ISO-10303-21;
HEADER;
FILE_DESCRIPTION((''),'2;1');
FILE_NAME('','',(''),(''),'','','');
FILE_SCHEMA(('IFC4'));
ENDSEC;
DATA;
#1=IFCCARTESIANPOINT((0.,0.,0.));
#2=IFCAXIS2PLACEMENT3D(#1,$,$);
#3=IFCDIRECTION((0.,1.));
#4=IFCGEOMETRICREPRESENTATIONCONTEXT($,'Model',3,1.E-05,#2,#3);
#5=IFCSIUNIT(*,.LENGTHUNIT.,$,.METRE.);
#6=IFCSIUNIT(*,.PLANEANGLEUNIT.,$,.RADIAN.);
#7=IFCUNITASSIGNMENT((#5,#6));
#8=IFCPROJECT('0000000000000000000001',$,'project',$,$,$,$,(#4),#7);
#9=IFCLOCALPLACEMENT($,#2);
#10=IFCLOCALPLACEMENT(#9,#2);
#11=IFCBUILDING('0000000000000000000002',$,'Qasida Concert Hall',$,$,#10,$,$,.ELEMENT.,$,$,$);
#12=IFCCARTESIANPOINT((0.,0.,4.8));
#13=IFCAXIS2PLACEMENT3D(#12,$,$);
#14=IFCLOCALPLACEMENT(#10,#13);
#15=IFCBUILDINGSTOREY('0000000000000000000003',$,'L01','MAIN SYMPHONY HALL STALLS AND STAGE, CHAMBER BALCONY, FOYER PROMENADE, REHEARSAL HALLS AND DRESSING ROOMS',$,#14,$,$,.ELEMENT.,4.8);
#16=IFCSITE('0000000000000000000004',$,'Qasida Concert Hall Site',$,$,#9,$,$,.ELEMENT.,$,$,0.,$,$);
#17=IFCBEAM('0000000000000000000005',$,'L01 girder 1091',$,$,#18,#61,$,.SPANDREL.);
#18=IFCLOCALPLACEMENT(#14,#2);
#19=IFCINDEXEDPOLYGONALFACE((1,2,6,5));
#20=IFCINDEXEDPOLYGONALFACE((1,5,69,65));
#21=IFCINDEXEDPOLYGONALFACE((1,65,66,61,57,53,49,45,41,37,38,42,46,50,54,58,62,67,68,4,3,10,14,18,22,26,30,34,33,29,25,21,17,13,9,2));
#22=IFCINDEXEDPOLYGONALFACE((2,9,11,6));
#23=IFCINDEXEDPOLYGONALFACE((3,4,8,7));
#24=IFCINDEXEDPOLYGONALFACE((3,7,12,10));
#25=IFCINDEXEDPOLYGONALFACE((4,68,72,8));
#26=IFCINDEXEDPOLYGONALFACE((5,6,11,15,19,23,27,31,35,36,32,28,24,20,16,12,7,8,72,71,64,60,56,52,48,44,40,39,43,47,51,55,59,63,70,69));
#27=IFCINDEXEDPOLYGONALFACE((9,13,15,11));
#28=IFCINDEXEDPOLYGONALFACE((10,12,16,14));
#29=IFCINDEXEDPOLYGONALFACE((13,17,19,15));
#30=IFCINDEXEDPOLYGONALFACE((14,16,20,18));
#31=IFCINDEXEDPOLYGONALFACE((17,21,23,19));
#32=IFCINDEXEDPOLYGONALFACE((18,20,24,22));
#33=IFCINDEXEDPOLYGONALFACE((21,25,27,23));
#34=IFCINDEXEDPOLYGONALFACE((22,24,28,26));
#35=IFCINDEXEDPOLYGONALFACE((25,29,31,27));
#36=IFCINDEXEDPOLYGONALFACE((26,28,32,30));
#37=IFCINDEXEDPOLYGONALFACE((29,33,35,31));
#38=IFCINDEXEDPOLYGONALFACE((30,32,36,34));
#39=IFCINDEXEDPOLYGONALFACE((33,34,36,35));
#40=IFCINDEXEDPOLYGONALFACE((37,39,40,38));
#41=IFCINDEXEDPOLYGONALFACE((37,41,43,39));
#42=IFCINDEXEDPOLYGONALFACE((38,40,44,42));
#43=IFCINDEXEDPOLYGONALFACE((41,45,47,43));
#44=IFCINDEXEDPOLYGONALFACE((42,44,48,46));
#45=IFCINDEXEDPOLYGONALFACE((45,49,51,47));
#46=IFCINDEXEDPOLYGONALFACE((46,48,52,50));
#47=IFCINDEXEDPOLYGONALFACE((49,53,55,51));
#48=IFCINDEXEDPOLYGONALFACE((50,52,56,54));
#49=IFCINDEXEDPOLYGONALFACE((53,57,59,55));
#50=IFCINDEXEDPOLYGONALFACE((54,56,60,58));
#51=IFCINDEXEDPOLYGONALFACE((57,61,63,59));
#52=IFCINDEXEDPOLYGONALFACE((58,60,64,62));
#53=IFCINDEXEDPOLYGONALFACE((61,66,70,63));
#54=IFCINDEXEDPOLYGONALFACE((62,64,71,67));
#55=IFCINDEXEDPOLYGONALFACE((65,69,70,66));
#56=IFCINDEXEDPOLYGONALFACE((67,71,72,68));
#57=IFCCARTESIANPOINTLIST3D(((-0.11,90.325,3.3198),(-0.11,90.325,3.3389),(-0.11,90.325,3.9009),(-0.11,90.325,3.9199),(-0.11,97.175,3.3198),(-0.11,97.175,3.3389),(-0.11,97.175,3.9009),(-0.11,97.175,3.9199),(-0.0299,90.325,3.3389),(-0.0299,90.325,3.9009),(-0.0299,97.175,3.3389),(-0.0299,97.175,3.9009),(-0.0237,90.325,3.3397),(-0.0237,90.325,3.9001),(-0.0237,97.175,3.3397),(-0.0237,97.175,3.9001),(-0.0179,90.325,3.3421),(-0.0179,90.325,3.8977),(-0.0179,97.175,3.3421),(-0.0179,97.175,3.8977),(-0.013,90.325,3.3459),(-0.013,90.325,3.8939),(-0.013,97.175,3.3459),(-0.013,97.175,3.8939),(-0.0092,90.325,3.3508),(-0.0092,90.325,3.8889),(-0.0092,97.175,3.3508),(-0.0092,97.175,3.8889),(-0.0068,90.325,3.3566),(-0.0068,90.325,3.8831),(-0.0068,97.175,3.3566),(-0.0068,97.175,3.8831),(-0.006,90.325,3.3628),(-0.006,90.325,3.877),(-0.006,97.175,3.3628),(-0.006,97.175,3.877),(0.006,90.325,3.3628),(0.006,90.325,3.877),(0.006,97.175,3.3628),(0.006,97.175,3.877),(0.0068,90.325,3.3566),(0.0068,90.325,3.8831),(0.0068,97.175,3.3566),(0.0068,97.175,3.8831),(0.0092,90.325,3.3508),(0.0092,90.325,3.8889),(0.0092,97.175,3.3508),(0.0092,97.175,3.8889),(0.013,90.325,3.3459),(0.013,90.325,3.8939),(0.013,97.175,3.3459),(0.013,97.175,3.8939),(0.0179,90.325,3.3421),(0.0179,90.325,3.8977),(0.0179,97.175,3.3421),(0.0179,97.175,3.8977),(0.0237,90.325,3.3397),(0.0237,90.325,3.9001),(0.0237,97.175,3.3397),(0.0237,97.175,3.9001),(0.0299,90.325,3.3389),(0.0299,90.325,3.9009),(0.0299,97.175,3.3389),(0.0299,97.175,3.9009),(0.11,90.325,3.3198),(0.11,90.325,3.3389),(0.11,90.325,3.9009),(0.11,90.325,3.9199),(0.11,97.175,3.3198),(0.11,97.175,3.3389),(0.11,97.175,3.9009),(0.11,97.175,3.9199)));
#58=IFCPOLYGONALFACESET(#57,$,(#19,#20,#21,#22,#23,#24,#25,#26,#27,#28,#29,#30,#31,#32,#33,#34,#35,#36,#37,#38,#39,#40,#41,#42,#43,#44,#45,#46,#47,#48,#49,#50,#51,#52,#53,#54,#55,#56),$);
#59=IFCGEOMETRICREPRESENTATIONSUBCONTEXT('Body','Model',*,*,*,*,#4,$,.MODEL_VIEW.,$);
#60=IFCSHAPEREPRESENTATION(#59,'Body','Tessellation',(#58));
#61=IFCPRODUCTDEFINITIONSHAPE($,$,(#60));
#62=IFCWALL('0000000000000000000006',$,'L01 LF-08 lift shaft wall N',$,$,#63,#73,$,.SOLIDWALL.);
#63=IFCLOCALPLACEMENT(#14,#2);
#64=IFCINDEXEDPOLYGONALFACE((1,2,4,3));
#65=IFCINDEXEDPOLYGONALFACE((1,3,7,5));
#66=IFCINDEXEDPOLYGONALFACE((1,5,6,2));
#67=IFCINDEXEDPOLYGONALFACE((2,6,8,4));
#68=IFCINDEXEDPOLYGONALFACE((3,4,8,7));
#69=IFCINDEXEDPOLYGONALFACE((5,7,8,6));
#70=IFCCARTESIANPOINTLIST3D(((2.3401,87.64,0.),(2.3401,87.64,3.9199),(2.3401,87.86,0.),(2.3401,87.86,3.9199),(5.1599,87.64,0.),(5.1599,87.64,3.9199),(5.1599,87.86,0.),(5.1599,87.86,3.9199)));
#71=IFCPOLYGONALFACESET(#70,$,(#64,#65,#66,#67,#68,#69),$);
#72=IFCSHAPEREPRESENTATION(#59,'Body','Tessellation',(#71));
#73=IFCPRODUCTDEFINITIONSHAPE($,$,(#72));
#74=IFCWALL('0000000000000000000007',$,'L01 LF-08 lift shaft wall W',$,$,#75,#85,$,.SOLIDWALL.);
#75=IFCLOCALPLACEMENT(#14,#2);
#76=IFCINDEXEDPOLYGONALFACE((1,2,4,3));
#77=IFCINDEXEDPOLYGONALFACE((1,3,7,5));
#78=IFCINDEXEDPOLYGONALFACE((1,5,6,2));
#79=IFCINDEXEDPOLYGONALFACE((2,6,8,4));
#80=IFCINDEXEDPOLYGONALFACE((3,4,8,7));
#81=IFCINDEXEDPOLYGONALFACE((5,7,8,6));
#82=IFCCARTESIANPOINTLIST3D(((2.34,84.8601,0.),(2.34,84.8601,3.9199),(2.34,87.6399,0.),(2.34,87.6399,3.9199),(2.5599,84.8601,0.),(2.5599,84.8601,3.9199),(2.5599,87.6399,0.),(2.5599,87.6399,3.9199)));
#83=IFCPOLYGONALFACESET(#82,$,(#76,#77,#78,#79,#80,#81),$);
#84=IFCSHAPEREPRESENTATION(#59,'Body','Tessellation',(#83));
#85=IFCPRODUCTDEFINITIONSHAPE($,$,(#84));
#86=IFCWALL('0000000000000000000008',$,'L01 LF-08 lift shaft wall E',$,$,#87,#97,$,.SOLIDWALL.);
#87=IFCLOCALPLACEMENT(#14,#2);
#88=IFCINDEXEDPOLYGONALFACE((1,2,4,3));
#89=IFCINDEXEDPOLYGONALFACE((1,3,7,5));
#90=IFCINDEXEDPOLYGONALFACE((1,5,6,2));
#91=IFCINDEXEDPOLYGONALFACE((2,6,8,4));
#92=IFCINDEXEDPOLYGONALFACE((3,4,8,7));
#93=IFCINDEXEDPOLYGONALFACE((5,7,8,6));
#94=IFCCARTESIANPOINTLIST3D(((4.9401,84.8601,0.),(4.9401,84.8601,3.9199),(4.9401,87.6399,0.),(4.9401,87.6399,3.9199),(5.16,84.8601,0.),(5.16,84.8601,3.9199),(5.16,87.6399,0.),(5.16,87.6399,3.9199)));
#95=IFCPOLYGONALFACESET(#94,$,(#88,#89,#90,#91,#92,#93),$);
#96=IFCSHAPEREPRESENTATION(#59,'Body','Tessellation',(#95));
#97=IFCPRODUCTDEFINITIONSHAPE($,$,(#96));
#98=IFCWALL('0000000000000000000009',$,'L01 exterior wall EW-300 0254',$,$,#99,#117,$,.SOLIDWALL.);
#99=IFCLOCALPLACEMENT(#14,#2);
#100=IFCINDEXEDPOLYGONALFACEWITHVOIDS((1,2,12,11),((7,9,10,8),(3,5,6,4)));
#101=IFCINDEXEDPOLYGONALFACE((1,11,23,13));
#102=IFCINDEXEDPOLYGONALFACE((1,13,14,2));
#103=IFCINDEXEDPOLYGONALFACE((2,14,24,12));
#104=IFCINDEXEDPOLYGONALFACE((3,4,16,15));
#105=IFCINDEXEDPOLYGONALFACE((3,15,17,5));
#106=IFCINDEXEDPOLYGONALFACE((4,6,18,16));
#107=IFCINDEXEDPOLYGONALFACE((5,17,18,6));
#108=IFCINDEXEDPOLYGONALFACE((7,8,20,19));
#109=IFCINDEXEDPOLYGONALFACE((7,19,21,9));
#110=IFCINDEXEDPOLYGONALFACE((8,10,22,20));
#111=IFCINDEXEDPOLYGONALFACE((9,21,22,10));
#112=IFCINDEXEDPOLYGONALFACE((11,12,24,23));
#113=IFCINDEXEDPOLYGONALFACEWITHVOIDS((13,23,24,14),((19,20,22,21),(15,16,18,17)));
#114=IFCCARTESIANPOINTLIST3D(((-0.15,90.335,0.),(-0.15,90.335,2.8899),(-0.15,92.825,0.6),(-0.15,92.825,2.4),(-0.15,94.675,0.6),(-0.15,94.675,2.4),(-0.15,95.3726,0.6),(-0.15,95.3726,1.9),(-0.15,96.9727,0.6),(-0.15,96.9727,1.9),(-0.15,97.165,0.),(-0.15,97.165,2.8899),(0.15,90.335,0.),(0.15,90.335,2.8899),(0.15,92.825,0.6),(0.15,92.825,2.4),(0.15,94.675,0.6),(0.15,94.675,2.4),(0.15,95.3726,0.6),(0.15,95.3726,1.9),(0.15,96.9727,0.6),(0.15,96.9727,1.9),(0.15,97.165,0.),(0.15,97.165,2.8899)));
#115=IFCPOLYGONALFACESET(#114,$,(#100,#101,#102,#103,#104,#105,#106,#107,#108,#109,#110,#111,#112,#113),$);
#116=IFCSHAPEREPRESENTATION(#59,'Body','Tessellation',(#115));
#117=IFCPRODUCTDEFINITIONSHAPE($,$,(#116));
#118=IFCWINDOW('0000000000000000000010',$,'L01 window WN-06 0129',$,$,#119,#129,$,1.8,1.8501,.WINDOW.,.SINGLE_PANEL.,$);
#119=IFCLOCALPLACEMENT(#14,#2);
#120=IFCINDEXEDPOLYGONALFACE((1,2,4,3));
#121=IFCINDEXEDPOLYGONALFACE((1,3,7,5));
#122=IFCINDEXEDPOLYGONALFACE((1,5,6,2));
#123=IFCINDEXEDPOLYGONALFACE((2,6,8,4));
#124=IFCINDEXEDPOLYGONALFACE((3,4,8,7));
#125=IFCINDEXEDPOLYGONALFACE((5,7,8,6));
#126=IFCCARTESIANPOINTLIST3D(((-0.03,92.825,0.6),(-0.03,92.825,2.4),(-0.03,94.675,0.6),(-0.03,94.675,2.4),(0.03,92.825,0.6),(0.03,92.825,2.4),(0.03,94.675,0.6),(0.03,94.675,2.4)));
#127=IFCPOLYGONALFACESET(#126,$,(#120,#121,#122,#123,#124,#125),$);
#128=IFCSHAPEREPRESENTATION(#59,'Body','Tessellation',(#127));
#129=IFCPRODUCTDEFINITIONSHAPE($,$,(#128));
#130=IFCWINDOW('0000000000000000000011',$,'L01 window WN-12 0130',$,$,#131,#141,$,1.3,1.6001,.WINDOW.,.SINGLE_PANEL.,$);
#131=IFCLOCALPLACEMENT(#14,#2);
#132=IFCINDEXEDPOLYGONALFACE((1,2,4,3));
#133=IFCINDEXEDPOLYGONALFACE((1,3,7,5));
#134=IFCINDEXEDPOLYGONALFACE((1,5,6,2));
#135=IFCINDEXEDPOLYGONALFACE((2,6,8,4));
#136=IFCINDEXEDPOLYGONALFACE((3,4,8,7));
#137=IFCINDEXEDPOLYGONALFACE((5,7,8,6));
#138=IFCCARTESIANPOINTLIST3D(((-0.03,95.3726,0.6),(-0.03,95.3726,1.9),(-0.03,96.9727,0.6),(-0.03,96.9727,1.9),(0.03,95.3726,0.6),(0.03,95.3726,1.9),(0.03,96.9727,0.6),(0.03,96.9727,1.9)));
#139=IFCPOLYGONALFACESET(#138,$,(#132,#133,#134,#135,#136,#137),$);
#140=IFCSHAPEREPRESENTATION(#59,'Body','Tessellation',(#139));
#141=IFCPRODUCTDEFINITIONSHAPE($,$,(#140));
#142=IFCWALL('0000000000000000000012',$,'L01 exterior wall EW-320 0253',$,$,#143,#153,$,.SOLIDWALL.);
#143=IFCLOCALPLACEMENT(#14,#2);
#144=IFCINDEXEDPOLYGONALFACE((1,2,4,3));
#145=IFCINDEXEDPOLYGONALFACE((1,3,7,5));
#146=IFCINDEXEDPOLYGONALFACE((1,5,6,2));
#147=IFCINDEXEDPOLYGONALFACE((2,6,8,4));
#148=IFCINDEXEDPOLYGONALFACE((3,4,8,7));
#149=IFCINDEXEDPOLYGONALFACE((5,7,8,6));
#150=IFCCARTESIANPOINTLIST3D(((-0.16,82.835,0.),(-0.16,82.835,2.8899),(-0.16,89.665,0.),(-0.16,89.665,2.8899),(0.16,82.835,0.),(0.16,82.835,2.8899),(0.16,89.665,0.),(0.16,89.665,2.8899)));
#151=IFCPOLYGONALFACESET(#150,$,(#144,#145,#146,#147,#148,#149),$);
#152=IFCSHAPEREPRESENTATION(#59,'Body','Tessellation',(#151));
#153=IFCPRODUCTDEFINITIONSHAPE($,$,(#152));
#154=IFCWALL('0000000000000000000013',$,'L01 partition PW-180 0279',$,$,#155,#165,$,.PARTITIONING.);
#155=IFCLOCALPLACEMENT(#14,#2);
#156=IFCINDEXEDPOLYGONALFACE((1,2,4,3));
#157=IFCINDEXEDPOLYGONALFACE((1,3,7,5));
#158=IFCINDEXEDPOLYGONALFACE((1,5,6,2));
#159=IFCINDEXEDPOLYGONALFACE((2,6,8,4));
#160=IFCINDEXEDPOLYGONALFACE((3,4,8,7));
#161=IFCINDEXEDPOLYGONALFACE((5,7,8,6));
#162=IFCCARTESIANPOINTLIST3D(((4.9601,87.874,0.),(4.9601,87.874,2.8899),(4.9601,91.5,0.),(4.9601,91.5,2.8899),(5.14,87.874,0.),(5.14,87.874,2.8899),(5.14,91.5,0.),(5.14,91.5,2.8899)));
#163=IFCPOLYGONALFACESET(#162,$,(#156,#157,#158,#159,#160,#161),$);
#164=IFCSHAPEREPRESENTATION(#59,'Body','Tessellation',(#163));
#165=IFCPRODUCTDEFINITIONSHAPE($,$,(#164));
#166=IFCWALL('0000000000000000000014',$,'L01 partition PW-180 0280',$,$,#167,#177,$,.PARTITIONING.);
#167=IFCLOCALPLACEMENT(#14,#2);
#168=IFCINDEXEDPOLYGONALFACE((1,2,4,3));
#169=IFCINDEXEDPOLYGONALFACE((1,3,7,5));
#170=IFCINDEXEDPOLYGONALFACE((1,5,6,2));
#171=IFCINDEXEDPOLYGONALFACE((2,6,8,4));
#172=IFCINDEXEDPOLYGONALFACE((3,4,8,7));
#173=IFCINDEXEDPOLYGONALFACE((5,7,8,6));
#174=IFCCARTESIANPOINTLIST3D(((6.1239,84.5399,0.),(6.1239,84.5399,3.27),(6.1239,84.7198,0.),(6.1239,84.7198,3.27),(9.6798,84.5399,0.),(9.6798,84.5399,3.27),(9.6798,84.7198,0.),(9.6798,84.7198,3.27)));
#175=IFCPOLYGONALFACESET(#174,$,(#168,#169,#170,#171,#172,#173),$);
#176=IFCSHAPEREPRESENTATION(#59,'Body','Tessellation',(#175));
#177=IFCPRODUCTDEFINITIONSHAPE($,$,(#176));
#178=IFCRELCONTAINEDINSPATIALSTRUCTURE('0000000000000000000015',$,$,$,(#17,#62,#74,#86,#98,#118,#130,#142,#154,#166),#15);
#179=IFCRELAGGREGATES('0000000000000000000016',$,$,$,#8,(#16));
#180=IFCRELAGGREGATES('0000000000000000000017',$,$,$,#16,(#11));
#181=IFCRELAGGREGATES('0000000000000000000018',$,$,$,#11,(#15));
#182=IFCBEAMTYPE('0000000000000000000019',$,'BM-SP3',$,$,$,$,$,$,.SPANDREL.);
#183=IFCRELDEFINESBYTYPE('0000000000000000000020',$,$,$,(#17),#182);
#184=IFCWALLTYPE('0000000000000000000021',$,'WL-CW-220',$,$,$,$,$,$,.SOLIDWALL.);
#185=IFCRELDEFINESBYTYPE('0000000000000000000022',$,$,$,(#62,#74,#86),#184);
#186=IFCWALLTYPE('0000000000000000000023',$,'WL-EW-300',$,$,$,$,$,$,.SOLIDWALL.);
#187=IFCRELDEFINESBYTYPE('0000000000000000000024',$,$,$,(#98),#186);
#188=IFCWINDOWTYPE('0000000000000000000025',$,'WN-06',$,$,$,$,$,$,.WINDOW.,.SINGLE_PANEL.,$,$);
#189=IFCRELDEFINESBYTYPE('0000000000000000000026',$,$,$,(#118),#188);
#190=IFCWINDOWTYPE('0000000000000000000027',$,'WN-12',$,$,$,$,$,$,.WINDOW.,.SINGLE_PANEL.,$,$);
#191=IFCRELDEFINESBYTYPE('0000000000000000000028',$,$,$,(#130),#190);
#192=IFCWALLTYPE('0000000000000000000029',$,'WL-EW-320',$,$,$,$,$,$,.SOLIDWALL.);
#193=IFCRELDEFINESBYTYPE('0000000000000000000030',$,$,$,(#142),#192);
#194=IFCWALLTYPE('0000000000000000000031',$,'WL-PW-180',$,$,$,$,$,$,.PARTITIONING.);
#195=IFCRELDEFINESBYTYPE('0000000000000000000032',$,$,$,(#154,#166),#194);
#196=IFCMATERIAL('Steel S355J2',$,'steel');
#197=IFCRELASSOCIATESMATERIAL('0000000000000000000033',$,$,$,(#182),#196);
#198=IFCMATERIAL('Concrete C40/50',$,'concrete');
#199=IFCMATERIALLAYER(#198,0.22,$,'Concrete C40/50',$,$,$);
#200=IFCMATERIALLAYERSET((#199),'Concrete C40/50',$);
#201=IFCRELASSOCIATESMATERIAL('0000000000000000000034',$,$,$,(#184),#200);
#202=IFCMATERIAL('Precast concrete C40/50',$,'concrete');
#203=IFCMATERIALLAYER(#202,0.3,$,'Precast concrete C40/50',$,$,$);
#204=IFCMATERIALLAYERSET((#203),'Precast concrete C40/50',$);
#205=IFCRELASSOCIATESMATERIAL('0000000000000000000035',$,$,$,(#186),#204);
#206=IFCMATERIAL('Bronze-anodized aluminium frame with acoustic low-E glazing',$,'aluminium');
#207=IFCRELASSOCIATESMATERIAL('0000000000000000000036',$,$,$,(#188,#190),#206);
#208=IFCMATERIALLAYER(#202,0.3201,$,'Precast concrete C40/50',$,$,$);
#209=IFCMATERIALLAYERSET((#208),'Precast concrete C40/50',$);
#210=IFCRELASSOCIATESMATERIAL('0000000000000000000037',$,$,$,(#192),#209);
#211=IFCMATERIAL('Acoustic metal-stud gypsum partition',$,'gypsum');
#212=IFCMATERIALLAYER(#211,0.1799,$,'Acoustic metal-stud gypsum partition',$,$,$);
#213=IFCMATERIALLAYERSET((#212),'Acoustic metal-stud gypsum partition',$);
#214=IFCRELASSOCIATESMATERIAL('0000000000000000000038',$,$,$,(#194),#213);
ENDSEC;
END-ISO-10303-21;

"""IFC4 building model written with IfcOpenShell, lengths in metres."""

from ifc_helpers import new_model, si_unit, direction, frame, frame_2d, origin, origin_2d, place, context, subcontext, project, spatial, rectangle, i_section, extrude, material, layer, layer_set, material_profile, profile_set, type_object, element, fill, save


model = new_model("IFC4")

# Units and contexts
model_context = context("Model", 3, precision=1e-05, world=origin(), true_north=direction((0.0, 1.0)))
body_context = subcontext(model_context, "Body", "Model", "MODEL_VIEW")
ifc_project = project(units=[si_unit("LENGTHUNIT", "METRE"), si_unit("PLANEANGLEUNIT", "RADIAN")], contexts=[model_context])

# Site, building, storey
site_placement = place(None, origin())
site = spatial("IfcSite", under=ifc_project, at=site_placement, Name="Qasida Concert Hall Site", CompositionType="ELEMENT", RefElevation=0.0)
building_placement = place(site_placement, origin())
building = spatial("IfcBuilding", under=site, at=building_placement, Name="Qasida Concert Hall", CompositionType="ELEMENT")
storey_placement = place(building_placement, frame((0.0, 0.0, 4.8)))
storey = spatial("IfcBuildingStorey", under=building, at=storey_placement, Name="L01", Description="MAIN SYMPHONY HALL STALLS AND STAGE, CHAMBER BALCONY, FOYER PROMENADE, REHEARSAL HALLS AND DRESSING ROOMS", CompositionType="ELEMENT", Elevation=4.8)

# Beam
ifc_material_1 = material(Name="Concrete C40/50", Category="concrete")
ifc_material_2 = material(Name="Steel S355J2", Category="steel")
ifc_material_profile_1 = material_profile(ifc_material_2, i_section(OverallWidth=0.22, OverallDepth=0.6001, WebThickness=0.012, FlangeThickness=0.019, FilletRadius=0.0239, at=origin_2d()), Name="IPE 600")
ifc_profile_set_1 = profile_set([ifc_material_profile_1], Name="Steel S355J2")
beam_type_1 = type_object("IfcBeamType", Name="BM-SP3", PredefinedType="SPANDREL", material=ifc_profile_set_1)
beam_1_placement = place(storey_placement, frame((0.0, 90.325, 3.6199), z_axis=(0.0, 1.0, 0.0), x_axis=(-1.0, 0.0, 0.0)))
element("IfcBeam", 1, at=beam_1_placement, inside=storey, type_object=beam_type_1, Name="L01 girder 1091", PredefinedType="SPANDREL", context=body_context, shape_type="SweptSolid", body=[
    extrude(i_section(OverallWidth=0.22, OverallDepth=0.6001, WebThickness=0.012, FlangeThickness=0.019, FilletRadius=0.0239, at=origin_2d()), origin(), (0.0, 0.0, 1.0), 6.8501),
])

# Shared definitions
ifc_layer_1 = layer(ifc_material_1, 0.22, Name="Concrete C40/50")
ifc_layer_set_1 = layer_set([ifc_layer_1], Name="Concrete C40/50")
wall_type_1 = type_object("IfcWallType", Name="WL-CW-220", PredefinedType="SOLIDWALL", material=ifc_layer_set_1)

# Walls
wall_1_placement = place(storey_placement, frame((2.3401, 87.75, 0.0), z_axis=(0.0, 0.0, 1.0), x_axis=(1.0, 0.0, 0.0)))
element("IfcWall", 2, at=wall_1_placement, inside=storey, type_object=wall_type_1, Name="L01 LF-08 lift shaft wall N", PredefinedType="SOLIDWALL", context=body_context, shape_type="SweptSolid", body=[
    extrude(rectangle(XDim=2.8198, YDim=0.22, at=frame_2d((1.4099, 0.0))), origin(), (0.0, 0.0, 1.0), 3.9199),
])
for number, where, z_axis, x_axis, name in (
    (3, (2.45, 84.8601, 0.0), (0.0, 0.0, 1.0), (0.0, 1.0, 0.0), "L01 LF-08 lift shaft wall W"),
    (4, (5.05, 84.8601, 0.0), (0.0, 0.0, 1.0), (0.0, 1.0, 0.0), "L01 LF-08 lift shaft wall E"),
):
    element("IfcWall", number, at=place(storey_placement, frame(where, z_axis=z_axis, x_axis=x_axis)), inside=storey, type_object=wall_type_1, Name=name, PredefinedType="SOLIDWALL", context=body_context, shape_type="SweptSolid", body=[
        extrude(rectangle(XDim=2.7798, YDim=0.22, at=frame_2d((1.3899, 0.0))), origin(), (0.0, 0.0, 1.0), 3.9199),
    ])

# Wall, openings, windows
ifc_material_3 = material(Name="Precast concrete C40/50", Category="concrete")
ifc_layer_2 = layer(ifc_material_3, 0.3, Name="Precast concrete C40/50")
ifc_layer_set_2 = layer_set([ifc_layer_2], Name="Precast concrete C40/50")
wall_type_2 = type_object("IfcWallType", Name="WL-EW-300", PredefinedType="SOLIDWALL", material=ifc_layer_set_2)
wall_2_placement = place(storey_placement, frame((0.0, 90.335, 0.0), z_axis=(0.0, 0.0, 1.0), x_axis=(0.0, 1.0, 0.0)))
wall_2 = element("IfcWall", 5, at=wall_2_placement, inside=storey, type_object=wall_type_2, Name="L01 exterior wall EW-300 0254", PredefinedType="SOLIDWALL", context=body_context, shape_type="SweptSolid", body=[
    extrude(rectangle(XDim=6.8301, YDim=0.3, at=frame_2d((3.415, 0.0))), origin(), (0.0, 0.0, 1.0), 2.8899),
])
opening_1_placement = place(wall_2_placement, frame((2.49, 0.0, 0.6001)))
opening_1 = element("IfcOpeningElement", 6, at=opening_1_placement, cuts=wall_2, PredefinedType="OPENING", context=body_context, shape_type="SweptSolid", body=[
    extrude(rectangle(XDim=1.8501, YDim=1.8, at=frame_2d((0.925, 0.8999))), frame((0.0, 0.1599, 0.0), z_axis=(0.0, -1.0, 0.0), x_axis=(1.0, 0.0, 0.0)), (0.0, 0.0, 1.0), 0.3201),
])
opening_2_placement = place(wall_2_placement, frame((5.0376, 0.0, 0.6001)))
opening_2 = element("IfcOpeningElement", 7, at=opening_2_placement, cuts=wall_2, PredefinedType="OPENING", context=body_context, shape_type="SweptSolid", body=[
    extrude(rectangle(XDim=1.6001, YDim=1.3, at=frame_2d((0.8, 0.6499))), frame((0.0, 0.1599, 0.0), z_axis=(0.0, -1.0, 0.0), x_axis=(1.0, 0.0, 0.0)), (0.0, 0.0, 1.0), 0.3201),
])
ifc_material_4 = material(Name="Bronze-anodized aluminium frame with acoustic low-E glazing", Category="aluminium")
window_type_1 = type_object("IfcWindowType", Name="WN-06", PartitioningType="SINGLE_PANEL", PredefinedType="WINDOW", material=ifc_material_4)
window_1_placement = place(opening_1_placement, origin())
window_1 = element("IfcWindow", 8, at=window_1_placement, inside=storey, type_object=window_type_1, Name="L01 window WN-06 0129", OverallHeight=1.8, OverallWidth=1.8501, PartitioningType="SINGLE_PANEL", PredefinedType="WINDOW", context=body_context, shape_type="SweptSolid", body=[
    extrude(rectangle(XDim=1.8501, YDim=1.8, at=frame_2d((0.925, 0.8999))), frame((0.0, 0.03, 0.0), z_axis=(0.0, -1.0, 0.0), x_axis=(1.0, 0.0, 0.0)), (0.0, 0.0, 1.0), 0.0601),
])
fill(opening_1, window_1)
window_type_2 = type_object("IfcWindowType", Name="WN-12", PartitioningType="SINGLE_PANEL", PredefinedType="WINDOW", material=ifc_material_4)
window_2_placement = place(opening_2_placement, origin())
window_2 = element("IfcWindow", 9, at=window_2_placement, inside=storey, type_object=window_type_2, Name="L01 window WN-12 0130", OverallHeight=1.3, OverallWidth=1.6001, PartitioningType="SINGLE_PANEL", PredefinedType="WINDOW", context=body_context, shape_type="SweptSolid", body=[
    extrude(rectangle(XDim=1.6001, YDim=1.3, at=frame_2d((0.8, 0.6499))), frame((0.0, 0.03, 0.0), z_axis=(0.0, -1.0, 0.0), x_axis=(1.0, 0.0, 0.0)), (0.0, 0.0, 1.0), 0.0601),
])
fill(opening_2, window_2)

# Walls
ifc_layer_3 = layer(ifc_material_3, 0.3201, Name="Precast concrete C40/50")
ifc_layer_set_3 = layer_set([ifc_layer_3], Name="Precast concrete C40/50")
wall_type_3 = type_object("IfcWallType", Name="WL-EW-320", PredefinedType="SOLIDWALL", material=ifc_layer_set_3)
wall_3_placement = place(storey_placement, frame((0.0, 82.835, 0.0), z_axis=(0.0, 0.0, 1.0), x_axis=(0.0, 1.0, 0.0)))
element("IfcWall", 10, at=wall_3_placement, inside=storey, type_object=wall_type_3, Name="L01 exterior wall EW-320 0253", PredefinedType="SOLIDWALL", context=body_context, shape_type="SweptSolid", body=[
    extrude(rectangle(XDim=6.8301, YDim=0.3201, at=frame_2d((3.415, 0.0))), origin(), (0.0, 0.0, 1.0), 2.8899),
])
ifc_material_5 = material(Name="Acoustic metal-stud gypsum partition", Category="gypsum")
ifc_layer_4 = layer(ifc_material_5, 0.1799, Name="Acoustic metal-stud gypsum partition")
ifc_layer_set_4 = layer_set([ifc_layer_4], Name="Acoustic metal-stud gypsum partition")
wall_type_4 = type_object("IfcWallType", Name="WL-PW-180", PredefinedType="PARTITIONING", material=ifc_layer_set_4)
wall_4_placement = place(storey_placement, frame((5.05, 87.874, 0.0), z_axis=(0.0, 0.0, 1.0), x_axis=(0.0, 1.0, 0.0)))
element("IfcWall", 11, at=wall_4_placement, inside=storey, type_object=wall_type_4, Name="L01 partition PW-180 0279", PredefinedType="PARTITIONING", context=body_context, shape_type="SweptSolid", body=[
    extrude(rectangle(XDim=3.626, YDim=0.1799, at=frame_2d((1.813, 0.0))), origin(), (0.0, 0.0, 1.0), 2.8899),
])
wall_5_placement = place(storey_placement, frame((6.124, 84.6299, 0.0), z_axis=(0.0, 0.0, 1.0), x_axis=(1.0, 0.0, 0.0)))
element("IfcWall", 12, at=wall_5_placement, inside=storey, type_object=wall_type_4, Name="L01 partition PW-180 0280", PredefinedType="PARTITIONING", context=body_context, shape_type="SweptSolid", body=[
    extrude(rectangle(XDim=3.5559, YDim=0.1799, at=frame_2d((1.7778, 0.0))), origin(), (0.0, 0.0, 1.0), 3.27),
])

save(model, "model.ifc")
